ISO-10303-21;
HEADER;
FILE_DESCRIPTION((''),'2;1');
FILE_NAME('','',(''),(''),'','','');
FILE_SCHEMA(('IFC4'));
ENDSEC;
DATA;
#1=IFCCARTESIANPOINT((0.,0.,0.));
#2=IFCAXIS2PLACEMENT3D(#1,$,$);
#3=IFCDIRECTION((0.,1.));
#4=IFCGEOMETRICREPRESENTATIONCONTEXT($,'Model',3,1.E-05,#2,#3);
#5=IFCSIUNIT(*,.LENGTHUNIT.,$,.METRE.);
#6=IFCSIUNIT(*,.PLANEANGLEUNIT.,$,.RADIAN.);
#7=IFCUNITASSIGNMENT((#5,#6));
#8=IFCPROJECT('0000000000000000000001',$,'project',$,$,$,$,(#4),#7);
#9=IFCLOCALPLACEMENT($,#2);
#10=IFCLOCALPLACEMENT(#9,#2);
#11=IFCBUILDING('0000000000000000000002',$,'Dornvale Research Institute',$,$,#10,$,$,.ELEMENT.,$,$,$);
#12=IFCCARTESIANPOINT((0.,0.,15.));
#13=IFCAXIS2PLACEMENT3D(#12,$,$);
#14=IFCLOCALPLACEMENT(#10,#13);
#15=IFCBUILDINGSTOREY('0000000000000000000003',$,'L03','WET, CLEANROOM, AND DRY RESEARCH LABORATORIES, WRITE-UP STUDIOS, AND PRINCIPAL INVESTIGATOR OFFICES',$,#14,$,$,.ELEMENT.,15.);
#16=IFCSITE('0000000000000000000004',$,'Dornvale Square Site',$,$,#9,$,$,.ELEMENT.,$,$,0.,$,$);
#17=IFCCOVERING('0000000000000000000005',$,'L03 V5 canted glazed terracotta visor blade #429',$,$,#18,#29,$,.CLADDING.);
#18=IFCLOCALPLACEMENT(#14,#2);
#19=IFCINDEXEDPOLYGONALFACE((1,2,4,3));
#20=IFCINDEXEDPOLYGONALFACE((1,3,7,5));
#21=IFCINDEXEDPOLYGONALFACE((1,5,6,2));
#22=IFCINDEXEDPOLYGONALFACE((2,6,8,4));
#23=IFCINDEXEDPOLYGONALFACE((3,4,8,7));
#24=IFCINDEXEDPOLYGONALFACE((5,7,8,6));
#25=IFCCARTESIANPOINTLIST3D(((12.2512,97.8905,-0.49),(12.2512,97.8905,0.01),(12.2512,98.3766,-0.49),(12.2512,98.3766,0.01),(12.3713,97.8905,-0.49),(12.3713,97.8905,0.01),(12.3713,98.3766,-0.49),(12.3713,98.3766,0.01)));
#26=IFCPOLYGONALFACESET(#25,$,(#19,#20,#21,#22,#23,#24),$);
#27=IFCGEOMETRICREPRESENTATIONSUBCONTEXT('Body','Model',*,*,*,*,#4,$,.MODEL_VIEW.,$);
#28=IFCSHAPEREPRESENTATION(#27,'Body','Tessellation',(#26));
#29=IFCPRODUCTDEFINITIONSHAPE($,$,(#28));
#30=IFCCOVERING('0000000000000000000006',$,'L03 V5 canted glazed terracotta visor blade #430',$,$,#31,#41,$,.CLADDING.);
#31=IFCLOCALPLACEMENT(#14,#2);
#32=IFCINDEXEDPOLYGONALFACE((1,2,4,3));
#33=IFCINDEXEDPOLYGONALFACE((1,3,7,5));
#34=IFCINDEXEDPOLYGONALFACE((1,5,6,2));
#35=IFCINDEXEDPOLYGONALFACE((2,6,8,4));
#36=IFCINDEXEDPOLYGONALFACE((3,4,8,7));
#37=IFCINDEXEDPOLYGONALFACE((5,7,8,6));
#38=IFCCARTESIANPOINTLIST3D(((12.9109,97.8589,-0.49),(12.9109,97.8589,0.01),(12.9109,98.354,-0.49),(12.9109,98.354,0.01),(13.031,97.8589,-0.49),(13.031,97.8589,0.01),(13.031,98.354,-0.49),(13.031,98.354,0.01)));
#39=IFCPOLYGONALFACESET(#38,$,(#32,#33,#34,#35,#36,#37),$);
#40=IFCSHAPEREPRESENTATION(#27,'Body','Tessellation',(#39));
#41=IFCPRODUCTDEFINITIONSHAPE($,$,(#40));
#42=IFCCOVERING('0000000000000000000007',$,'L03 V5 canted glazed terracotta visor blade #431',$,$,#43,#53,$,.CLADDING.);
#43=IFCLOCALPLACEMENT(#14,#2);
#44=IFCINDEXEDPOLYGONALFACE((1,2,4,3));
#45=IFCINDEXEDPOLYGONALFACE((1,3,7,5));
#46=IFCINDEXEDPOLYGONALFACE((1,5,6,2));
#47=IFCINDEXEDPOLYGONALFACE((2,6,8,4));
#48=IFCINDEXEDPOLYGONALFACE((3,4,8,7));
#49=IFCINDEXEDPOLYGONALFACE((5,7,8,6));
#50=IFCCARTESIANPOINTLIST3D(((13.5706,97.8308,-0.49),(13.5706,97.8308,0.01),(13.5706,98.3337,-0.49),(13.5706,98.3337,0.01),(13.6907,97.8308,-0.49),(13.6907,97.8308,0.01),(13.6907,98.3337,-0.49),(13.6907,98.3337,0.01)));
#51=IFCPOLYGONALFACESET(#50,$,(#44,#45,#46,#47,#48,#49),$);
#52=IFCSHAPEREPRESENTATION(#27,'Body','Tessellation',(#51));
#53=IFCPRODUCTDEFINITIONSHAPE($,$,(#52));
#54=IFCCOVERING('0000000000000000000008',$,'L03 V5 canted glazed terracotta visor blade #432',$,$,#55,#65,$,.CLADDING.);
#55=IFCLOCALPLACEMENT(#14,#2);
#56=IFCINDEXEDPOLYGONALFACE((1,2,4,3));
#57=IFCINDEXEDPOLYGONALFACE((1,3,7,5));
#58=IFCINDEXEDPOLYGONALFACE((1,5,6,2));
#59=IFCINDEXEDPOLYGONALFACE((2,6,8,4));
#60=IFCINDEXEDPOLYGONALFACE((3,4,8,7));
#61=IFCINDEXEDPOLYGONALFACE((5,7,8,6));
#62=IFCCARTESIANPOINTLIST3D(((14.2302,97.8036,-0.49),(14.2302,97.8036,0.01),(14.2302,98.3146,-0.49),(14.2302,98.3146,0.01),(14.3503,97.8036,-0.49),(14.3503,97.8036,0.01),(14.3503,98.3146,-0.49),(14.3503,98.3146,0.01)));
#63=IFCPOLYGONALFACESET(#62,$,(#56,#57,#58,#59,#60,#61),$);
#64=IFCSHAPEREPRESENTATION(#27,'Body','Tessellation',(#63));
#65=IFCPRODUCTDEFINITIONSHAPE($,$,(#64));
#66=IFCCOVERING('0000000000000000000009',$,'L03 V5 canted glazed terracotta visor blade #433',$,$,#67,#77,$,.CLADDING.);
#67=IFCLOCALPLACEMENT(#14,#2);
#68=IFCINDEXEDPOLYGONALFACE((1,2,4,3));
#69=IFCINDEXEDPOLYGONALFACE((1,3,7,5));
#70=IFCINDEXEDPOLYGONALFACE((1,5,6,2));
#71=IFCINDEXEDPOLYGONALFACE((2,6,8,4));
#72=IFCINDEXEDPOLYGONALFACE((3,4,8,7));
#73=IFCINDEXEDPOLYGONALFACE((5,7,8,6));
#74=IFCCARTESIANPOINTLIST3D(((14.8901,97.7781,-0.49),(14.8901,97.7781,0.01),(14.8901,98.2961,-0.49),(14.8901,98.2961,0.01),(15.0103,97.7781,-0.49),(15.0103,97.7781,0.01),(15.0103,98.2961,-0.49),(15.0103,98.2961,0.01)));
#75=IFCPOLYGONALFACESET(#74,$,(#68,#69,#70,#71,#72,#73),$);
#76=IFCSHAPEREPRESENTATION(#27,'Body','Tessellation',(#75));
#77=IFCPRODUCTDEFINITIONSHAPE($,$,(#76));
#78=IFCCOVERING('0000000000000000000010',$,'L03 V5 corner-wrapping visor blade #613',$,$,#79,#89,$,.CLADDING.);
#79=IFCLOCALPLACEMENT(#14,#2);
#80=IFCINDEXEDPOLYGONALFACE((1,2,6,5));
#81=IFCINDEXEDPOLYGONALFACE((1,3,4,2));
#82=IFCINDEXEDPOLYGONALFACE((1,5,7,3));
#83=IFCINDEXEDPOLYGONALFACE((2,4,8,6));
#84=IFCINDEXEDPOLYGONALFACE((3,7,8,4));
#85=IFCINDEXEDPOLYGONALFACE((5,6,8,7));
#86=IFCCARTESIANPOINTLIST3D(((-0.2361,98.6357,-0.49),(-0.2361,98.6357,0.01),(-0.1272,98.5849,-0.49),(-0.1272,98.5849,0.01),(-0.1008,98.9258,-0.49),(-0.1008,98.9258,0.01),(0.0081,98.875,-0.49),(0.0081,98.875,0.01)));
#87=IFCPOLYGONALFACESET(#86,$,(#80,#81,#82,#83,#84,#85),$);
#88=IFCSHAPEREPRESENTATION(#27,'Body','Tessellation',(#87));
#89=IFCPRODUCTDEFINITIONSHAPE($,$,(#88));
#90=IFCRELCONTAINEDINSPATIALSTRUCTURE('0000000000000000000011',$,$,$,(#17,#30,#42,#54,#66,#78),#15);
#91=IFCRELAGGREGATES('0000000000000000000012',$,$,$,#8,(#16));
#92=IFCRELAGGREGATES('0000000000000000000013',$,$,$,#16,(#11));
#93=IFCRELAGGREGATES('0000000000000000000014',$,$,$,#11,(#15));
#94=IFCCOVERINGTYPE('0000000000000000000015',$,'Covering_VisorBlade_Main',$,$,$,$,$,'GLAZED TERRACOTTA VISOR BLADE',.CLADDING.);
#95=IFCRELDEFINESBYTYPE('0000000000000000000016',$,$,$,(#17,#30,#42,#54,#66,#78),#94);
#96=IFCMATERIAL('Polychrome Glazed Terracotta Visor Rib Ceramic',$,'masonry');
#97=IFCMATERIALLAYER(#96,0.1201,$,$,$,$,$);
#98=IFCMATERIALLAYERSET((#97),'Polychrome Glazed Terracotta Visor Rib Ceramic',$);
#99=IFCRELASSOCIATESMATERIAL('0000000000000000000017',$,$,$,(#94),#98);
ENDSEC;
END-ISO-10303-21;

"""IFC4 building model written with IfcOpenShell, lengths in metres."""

from ifc_helpers import new_model, si_unit, direction, frame, origin, origin_2d, place, context, subcontext, project, spatial, rectangle, extrude, material, layer, layer_set, type_object, element, save


model = new_model("IFC4")

# Units and contexts
model_context = context("Model", 3, precision=1e-05, world=origin(), true_north=direction((0.0, 1.0)))
body_context = subcontext(model_context, "Body", "Model", "MODEL_VIEW")
ifc_project = project(units=[si_unit("LENGTHUNIT", "METRE"), si_unit("PLANEANGLEUNIT", "RADIAN")], contexts=[model_context])

# Site, building, storey
site_placement = place(None, origin())
site = spatial("IfcSite", under=ifc_project, at=site_placement, Name="Dornvale Square Site", CompositionType="ELEMENT", RefElevation=0.0)
building_placement = place(site_placement, origin())
building = spatial("IfcBuilding", under=site, at=building_placement, Name="Dornvale Research Institute", CompositionType="ELEMENT")
storey_placement = place(building_placement, frame((0.0, 0.0, 15.0)))
storey = spatial("IfcBuildingStorey", under=building, at=storey_placement, Name="L03", Description="WET, CLEANROOM, AND DRY RESEARCH LABORATORIES, WRITE-UP STUDIOS, AND PRINCIPAL INVESTIGATOR OFFICES", CompositionType="ELEMENT", Elevation=15.0)

# Coverings
ifc_material = material(Name="Polychrome Glazed Terracotta Visor Rib Ceramic", Category="masonry")
ifc_layer = layer(ifc_material, 0.1201)
ifc_layer_set = layer_set([ifc_layer], Name="Polychrome Glazed Terracotta Visor Rib Ceramic")
covering_type = type_object("IfcCoveringType", Name="Covering_VisorBlade_Main", ElementType="GLAZED TERRACOTTA VISOR BLADE", PredefinedType="CLADDING", material=ifc_layer_set)
covering_1_placement = place(storey_placement, frame((12.3113, 98.1335, -0.49), z_axis=(0.0, 0.0, 1.0), x_axis=(0.0, 1.0, 0.0)))
element("IfcCovering", 1, at=covering_1_placement, inside=storey, type_object=covering_type, Name="L03 V5 canted glazed terracotta visor blade #429", PredefinedType="CLADDING", context=body_context, shape_type="SweptSolid", body=[
    extrude(rectangle(XDim=0.4861, YDim=0.1201, at=origin_2d()), origin(), (0.0, 0.0, 1.0), 0.5),
])
covering_2_placement = place(storey_placement, frame((12.9709, 98.1064, -0.49), z_axis=(0.0, 0.0, 1.0), x_axis=(0.0, 1.0, 0.0)))
element("IfcCovering", 2, at=covering_2_placement, inside=storey, type_object=covering_type, Name="L03 V5 canted glazed terracotta visor blade #430", PredefinedType="CLADDING", context=body_context, shape_type="SweptSolid", body=[
    extrude(rectangle(XDim=0.4951, YDim=0.1201, at=origin_2d()), origin(), (0.0, 0.0, 1.0), 0.5),
])
covering_3_placement = place(storey_placement, frame((13.6306, 98.0823, -0.49), z_axis=(0.0, 0.0, 1.0), x_axis=(0.0, 1.0, 0.0)))
element("IfcCovering", 3, at=covering_3_placement, inside=storey, type_object=covering_type, Name="L03 V5 canted glazed terracotta visor blade #431", PredefinedType="CLADDING", context=body_context, shape_type="SweptSolid", body=[
    extrude(rectangle(XDim=0.5029, YDim=0.1201, at=origin_2d()), origin(), (0.0, 0.0, 1.0), 0.5),
])
covering_4_placement = place(storey_placement, frame((14.2903, 98.0591, -0.49), z_axis=(0.0, 0.0, 1.0), x_axis=(0.0, 1.0, 0.0)))
element("IfcCovering", 4, at=covering_4_placement, inside=storey, type_object=covering_type, Name="L03 V5 canted glazed terracotta visor blade #432", PredefinedType="CLADDING", context=body_context, shape_type="SweptSolid", body=[
    extrude(rectangle(XDim=0.511, YDim=0.1201, at=origin_2d()), origin(), (0.0, 0.0, 1.0), 0.5),
])
covering_5_placement = place(storey_placement, frame((14.9502, 98.0371, -0.49), z_axis=(0.0, 0.0, 1.0), x_axis=(0.0, 1.0, 0.0)))
element("IfcCovering", 5, at=covering_5_placement, inside=storey, type_object=covering_type, Name="L03 V5 canted glazed terracotta visor blade #433", PredefinedType="CLADDING", context=body_context, shape_type="SweptSolid", body=[
    extrude(rectangle(XDim=0.5181, YDim=0.1201, at=origin_2d()), origin(), (0.0, 0.0, 1.0), 0.5),
])
covering_6_placement = place(storey_placement, frame((-0.114, 98.7554, -0.49), z_axis=(0.0, 0.0, 1.0), x_axis=(-0.422618, -0.906308, 0.0)))
element("IfcCovering", 6, at=covering_6_placement, inside=storey, type_object=covering_type, Name="L03 V5 corner-wrapping visor blade #613", PredefinedType="CLADDING", context=body_context, shape_type="SweptSolid", body=[
    extrude(rectangle(XDim=0.3201, YDim=0.1201, at=origin_2d()), origin(), (0.0, 0.0, 1.0), 0.5),
])

save(model, "model.ifc")
